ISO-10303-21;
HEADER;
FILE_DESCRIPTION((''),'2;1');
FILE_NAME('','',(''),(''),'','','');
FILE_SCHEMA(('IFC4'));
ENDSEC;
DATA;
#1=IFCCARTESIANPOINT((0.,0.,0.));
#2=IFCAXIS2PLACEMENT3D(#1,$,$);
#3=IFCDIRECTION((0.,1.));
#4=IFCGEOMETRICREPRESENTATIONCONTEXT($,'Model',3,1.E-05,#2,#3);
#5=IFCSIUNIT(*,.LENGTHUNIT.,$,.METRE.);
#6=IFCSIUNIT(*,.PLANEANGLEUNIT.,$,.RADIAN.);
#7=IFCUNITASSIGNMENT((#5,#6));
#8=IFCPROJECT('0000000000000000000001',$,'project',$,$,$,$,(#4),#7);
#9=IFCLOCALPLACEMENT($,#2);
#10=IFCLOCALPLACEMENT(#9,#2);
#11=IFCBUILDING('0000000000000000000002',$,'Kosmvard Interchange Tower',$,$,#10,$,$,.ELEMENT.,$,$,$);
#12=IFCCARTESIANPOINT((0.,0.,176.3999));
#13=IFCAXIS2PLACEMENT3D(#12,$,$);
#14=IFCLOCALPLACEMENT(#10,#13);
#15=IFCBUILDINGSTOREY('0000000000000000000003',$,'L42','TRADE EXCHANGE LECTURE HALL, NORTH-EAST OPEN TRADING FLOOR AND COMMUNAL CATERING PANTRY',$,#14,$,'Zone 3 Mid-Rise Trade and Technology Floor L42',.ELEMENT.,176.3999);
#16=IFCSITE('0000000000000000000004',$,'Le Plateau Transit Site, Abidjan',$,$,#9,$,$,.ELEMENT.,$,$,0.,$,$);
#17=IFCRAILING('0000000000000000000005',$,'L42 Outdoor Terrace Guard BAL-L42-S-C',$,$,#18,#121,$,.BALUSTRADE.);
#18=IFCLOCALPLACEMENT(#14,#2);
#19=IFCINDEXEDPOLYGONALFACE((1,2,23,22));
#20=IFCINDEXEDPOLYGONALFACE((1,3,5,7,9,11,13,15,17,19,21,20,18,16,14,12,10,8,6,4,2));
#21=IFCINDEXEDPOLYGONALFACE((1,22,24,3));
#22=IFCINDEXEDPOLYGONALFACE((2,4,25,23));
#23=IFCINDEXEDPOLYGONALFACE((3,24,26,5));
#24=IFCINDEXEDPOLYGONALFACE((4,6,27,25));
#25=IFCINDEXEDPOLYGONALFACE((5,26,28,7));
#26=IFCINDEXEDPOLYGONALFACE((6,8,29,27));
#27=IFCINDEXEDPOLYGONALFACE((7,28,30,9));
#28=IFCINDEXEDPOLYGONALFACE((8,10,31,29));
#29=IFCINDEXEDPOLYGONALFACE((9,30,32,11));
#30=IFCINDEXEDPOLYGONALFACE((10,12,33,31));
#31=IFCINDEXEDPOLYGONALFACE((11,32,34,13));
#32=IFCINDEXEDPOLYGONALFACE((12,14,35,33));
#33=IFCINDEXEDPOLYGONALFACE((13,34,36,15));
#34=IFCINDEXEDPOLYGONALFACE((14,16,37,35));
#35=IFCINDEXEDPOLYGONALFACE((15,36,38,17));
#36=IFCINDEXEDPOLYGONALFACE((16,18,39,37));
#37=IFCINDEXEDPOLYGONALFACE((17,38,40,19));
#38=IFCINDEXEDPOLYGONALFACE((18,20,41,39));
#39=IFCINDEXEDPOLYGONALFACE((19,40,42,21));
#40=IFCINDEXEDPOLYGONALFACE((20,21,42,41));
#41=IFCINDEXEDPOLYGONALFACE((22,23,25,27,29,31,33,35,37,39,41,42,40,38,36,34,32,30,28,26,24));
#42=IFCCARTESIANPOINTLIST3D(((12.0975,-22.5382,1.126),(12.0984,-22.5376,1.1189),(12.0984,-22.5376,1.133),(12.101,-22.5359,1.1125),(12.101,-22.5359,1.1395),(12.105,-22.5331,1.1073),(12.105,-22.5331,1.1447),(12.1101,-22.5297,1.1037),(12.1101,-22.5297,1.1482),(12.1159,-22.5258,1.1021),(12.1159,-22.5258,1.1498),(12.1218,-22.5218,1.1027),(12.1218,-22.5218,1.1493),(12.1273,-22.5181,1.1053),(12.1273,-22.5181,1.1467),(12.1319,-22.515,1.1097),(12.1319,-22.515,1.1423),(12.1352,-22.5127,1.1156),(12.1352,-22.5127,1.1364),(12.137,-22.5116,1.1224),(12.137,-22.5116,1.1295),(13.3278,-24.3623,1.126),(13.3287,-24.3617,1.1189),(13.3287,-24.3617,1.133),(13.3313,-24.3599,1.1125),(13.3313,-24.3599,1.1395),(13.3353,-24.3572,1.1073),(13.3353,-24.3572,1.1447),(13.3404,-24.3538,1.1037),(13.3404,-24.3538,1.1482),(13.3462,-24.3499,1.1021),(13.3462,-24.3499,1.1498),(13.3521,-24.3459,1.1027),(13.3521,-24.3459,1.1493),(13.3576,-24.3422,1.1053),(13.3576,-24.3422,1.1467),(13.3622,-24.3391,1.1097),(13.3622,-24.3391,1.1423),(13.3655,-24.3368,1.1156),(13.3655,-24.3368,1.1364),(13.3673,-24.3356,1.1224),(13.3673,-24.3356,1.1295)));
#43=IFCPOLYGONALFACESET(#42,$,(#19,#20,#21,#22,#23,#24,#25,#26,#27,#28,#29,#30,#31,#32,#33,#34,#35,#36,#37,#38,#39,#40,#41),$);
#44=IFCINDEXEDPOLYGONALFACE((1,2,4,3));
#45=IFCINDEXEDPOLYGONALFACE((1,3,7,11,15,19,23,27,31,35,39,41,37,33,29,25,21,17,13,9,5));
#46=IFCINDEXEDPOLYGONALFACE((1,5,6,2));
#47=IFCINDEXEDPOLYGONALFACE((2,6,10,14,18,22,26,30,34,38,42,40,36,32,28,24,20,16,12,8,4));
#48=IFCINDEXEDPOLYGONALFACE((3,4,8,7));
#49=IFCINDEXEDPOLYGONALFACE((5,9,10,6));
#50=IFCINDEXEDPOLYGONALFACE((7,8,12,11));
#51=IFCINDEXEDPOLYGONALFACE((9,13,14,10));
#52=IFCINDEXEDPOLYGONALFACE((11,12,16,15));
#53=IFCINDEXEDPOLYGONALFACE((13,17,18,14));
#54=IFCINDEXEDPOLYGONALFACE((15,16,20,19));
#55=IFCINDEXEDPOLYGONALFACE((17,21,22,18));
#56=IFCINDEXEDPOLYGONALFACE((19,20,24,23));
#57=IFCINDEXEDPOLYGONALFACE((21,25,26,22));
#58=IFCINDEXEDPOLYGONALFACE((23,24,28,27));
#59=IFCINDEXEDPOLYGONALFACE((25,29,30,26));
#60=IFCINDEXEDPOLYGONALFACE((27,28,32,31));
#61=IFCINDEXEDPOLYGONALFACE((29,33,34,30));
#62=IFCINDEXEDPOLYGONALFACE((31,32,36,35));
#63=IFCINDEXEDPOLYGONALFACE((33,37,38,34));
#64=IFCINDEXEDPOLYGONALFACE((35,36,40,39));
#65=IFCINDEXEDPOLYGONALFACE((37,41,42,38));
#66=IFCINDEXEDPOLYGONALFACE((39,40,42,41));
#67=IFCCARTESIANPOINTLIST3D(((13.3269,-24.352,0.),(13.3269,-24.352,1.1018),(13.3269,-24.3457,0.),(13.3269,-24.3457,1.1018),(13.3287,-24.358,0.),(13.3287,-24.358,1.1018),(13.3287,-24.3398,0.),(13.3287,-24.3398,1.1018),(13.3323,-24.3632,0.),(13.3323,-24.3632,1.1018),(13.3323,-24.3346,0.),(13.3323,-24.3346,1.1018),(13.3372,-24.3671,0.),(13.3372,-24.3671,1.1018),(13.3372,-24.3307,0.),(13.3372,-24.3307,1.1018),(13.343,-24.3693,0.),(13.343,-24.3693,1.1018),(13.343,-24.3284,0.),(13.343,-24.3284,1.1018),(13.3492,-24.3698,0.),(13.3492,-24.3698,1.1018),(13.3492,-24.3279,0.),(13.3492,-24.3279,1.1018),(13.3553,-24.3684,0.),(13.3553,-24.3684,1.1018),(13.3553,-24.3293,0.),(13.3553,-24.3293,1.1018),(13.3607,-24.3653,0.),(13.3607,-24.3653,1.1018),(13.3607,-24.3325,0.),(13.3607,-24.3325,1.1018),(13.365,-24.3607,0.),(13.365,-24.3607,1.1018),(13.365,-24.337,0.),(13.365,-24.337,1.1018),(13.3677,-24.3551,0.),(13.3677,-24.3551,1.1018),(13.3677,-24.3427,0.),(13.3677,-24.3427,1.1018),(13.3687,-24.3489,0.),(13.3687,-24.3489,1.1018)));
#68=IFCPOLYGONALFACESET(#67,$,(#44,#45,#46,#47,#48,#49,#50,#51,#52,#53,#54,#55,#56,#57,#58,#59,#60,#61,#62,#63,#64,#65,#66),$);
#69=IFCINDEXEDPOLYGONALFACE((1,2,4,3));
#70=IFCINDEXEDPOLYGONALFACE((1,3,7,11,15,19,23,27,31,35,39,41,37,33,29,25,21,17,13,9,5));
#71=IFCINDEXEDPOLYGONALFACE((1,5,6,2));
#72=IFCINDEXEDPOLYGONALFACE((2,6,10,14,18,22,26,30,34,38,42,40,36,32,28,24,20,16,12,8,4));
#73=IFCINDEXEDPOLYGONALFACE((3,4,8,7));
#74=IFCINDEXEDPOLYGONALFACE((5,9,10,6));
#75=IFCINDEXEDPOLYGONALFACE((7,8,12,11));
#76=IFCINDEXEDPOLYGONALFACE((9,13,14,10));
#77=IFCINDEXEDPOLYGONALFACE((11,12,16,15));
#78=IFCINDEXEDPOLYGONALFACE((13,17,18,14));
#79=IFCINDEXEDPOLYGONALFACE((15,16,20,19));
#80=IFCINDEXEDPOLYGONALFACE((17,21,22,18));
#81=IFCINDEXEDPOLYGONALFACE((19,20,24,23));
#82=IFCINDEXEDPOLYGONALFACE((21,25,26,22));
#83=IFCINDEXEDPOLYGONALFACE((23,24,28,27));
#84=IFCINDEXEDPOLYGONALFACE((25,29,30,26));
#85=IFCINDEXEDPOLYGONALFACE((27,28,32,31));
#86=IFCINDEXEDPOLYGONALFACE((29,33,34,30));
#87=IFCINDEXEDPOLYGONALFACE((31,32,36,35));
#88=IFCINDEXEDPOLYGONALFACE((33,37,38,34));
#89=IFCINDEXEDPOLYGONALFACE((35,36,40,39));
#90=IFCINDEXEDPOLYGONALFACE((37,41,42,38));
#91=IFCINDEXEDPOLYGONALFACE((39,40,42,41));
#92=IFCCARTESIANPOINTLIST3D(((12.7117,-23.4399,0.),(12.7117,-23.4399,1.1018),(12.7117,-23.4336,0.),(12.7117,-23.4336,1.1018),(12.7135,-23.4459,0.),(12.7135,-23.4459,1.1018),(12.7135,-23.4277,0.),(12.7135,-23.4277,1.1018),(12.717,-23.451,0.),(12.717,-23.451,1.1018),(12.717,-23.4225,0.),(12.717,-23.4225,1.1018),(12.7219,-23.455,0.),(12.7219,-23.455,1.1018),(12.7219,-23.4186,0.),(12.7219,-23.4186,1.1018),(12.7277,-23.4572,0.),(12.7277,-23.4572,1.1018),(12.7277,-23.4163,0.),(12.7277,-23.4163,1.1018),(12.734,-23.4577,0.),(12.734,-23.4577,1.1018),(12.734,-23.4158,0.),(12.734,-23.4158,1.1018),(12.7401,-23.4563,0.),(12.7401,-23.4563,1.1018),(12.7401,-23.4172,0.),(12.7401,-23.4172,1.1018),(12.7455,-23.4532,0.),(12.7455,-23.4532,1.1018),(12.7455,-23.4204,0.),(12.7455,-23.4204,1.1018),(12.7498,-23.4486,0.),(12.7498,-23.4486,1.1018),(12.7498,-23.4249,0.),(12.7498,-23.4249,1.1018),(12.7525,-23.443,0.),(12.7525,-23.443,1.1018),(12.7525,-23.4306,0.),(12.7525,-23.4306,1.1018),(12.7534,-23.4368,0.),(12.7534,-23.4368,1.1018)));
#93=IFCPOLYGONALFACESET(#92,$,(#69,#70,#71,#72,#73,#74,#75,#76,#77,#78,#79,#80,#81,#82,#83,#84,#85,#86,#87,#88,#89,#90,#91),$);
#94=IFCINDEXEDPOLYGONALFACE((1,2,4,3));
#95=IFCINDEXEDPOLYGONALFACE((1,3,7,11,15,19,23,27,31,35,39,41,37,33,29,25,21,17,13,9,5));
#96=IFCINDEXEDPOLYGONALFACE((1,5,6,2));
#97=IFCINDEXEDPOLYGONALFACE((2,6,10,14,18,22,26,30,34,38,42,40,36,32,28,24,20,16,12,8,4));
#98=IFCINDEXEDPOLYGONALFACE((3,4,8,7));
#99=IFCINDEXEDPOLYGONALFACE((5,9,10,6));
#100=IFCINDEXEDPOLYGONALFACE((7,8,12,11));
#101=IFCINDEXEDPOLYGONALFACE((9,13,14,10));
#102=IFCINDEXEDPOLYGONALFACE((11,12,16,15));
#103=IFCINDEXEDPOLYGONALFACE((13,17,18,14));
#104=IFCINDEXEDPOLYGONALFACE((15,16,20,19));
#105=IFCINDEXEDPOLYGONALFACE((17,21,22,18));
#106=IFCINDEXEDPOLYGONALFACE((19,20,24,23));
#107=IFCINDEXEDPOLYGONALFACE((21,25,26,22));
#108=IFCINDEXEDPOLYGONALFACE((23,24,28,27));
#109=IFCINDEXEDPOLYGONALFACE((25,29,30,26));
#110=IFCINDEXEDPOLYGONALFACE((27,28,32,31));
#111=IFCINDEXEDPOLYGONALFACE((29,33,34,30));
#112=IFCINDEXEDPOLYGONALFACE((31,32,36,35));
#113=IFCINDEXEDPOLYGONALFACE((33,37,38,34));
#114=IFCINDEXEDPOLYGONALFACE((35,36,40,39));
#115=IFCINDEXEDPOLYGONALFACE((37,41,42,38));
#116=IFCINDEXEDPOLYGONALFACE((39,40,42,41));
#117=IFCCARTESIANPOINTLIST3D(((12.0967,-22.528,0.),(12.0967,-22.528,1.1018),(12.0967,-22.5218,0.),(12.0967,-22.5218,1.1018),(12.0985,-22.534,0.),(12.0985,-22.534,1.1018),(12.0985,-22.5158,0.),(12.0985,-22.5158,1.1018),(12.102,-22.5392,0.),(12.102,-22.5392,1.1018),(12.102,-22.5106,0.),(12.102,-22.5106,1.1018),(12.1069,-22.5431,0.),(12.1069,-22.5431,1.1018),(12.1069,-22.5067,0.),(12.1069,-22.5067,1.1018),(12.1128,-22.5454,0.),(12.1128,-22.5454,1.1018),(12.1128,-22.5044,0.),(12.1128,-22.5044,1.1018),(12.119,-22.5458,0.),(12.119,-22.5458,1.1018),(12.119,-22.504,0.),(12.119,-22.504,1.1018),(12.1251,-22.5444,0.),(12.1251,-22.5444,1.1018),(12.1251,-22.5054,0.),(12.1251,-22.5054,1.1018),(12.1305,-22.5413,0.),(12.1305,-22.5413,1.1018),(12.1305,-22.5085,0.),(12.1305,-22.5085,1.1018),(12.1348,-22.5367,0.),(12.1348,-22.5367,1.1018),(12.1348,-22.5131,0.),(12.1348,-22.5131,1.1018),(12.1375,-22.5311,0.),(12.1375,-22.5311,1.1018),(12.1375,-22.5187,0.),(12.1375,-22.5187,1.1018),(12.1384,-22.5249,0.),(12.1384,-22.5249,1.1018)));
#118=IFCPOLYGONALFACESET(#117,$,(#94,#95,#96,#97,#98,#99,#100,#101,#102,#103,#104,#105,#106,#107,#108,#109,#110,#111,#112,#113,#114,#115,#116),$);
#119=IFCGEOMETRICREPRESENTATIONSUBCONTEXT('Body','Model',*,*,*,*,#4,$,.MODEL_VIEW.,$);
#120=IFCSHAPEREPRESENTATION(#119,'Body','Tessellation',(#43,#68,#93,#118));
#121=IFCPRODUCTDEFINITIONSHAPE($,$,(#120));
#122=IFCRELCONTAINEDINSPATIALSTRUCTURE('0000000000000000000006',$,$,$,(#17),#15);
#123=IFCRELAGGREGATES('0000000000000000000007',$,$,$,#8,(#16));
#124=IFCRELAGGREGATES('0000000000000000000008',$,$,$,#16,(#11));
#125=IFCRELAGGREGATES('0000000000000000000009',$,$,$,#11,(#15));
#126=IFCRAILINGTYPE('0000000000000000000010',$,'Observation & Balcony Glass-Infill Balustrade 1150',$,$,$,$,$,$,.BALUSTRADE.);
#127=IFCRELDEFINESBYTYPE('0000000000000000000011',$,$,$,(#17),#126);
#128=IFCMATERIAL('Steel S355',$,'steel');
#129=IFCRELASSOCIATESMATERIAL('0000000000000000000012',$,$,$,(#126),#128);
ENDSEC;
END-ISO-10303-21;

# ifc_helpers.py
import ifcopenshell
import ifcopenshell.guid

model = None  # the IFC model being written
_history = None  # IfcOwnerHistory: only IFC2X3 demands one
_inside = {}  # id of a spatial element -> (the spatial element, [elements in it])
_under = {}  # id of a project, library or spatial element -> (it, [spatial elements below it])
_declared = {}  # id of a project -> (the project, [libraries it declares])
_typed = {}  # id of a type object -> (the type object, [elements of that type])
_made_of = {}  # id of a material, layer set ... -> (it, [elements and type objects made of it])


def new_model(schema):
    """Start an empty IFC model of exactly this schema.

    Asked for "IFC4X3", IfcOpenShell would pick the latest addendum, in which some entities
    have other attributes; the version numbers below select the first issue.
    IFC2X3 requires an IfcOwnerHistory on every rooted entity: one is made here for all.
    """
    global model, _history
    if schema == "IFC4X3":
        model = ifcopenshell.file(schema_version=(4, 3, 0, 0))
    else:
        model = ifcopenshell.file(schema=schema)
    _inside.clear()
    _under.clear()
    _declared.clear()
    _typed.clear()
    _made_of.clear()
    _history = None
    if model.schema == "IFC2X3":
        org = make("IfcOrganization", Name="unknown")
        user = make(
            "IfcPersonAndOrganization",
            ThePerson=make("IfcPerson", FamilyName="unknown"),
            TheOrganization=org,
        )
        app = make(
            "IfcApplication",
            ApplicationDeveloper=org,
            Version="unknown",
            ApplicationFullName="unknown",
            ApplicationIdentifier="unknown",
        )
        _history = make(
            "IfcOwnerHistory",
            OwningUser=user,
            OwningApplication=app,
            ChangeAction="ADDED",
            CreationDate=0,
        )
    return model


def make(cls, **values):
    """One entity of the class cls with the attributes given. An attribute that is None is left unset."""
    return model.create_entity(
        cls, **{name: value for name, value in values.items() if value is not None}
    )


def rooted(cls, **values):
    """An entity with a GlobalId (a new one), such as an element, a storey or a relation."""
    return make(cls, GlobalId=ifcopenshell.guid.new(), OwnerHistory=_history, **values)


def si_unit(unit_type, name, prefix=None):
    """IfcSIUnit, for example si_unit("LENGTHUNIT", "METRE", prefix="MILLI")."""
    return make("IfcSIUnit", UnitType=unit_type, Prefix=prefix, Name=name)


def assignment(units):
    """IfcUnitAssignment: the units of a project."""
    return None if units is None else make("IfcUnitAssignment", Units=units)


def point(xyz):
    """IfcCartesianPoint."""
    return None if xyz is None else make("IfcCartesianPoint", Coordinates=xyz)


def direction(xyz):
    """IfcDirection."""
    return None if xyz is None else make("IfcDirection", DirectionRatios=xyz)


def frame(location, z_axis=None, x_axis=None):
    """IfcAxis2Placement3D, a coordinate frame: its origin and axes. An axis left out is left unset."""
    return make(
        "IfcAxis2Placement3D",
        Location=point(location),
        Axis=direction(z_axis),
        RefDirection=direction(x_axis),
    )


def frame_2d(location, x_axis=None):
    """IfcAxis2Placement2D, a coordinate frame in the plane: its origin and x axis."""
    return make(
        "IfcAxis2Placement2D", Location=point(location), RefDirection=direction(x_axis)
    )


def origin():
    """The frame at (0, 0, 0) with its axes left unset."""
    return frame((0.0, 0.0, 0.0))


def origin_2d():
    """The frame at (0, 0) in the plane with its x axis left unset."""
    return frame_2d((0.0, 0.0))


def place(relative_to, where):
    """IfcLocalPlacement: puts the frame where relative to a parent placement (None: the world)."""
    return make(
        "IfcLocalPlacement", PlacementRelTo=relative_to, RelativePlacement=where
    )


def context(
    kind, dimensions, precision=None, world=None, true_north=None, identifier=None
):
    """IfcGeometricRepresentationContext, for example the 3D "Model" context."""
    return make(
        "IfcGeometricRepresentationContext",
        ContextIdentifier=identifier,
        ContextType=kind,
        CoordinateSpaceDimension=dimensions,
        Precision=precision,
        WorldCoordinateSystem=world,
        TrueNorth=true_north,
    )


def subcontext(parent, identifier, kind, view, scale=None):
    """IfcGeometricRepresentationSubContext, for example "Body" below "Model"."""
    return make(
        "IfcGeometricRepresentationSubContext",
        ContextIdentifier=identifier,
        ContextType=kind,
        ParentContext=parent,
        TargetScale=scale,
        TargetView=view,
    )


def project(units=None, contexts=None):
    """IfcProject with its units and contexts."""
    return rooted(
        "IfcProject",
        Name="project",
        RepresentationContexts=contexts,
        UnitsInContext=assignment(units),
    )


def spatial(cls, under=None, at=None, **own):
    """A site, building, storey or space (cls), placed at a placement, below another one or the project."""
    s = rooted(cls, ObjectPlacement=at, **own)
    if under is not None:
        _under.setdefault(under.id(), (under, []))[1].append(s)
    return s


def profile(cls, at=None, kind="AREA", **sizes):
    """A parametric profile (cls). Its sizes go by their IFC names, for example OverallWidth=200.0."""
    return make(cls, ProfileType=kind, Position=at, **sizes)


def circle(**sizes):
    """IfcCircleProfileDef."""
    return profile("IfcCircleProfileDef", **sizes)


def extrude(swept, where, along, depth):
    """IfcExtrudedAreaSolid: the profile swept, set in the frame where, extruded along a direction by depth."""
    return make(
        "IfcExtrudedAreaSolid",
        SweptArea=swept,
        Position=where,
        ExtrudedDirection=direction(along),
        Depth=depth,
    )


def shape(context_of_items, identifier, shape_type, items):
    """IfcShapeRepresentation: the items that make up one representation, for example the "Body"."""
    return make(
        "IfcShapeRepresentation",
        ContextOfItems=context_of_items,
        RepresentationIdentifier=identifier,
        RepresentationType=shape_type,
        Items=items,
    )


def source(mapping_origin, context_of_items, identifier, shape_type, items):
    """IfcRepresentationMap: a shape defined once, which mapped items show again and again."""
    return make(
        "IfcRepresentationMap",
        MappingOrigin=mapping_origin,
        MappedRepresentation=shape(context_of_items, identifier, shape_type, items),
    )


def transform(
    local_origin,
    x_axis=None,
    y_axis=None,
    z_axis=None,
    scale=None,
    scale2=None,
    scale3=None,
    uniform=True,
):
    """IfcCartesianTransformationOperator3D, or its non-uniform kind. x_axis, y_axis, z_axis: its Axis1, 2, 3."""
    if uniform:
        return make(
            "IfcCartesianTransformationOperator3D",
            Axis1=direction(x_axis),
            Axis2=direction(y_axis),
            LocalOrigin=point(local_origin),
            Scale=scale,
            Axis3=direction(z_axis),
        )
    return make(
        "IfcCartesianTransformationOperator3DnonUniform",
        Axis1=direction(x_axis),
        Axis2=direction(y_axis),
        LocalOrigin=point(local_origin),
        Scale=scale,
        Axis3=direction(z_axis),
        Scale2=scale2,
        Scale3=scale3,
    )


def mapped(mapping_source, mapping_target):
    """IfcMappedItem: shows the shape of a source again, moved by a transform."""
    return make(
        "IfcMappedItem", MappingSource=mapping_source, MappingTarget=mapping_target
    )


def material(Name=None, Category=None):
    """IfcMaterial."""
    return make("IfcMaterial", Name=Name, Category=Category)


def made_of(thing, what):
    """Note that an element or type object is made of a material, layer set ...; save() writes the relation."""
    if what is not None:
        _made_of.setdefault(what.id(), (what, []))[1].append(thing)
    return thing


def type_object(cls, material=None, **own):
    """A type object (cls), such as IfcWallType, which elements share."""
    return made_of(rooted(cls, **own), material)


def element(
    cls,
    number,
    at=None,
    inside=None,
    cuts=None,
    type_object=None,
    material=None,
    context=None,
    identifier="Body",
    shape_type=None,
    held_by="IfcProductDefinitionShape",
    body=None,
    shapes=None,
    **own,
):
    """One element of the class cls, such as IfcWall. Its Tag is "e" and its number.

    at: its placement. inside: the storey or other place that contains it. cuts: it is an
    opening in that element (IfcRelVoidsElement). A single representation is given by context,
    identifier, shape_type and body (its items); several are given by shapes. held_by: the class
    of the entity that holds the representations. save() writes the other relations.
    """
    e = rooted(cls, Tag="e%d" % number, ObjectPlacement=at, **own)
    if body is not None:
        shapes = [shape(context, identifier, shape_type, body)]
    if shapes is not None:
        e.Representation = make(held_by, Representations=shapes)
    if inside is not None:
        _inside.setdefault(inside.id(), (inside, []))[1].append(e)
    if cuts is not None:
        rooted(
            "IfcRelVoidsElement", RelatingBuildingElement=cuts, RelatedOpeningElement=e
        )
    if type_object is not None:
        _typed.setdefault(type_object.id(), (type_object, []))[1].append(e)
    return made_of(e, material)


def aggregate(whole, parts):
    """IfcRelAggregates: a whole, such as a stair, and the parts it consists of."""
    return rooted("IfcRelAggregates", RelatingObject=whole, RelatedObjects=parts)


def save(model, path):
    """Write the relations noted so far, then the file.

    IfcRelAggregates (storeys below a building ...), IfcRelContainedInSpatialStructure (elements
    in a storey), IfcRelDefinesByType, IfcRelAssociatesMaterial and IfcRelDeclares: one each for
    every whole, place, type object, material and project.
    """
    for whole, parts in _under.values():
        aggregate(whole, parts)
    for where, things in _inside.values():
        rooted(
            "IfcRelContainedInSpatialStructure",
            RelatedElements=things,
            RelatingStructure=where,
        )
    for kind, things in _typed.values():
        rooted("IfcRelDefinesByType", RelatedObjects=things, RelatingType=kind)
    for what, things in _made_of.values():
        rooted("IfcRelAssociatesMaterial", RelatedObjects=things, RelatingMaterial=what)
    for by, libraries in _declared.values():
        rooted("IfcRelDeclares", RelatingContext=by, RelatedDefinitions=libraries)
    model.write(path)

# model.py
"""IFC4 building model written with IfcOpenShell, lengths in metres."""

from ifc_helpers import new_model, si_unit, direction, frame, origin, origin_2d, place, context, subcontext, project, spatial, circle, extrude, source, transform, mapped, material, type_object, element, save


model = new_model("IFC4")

# Units and contexts
model_context = context("Model", 3, precision=1e-05, world=origin(), true_north=direction((0.0, 1.0)))
body_context = subcontext(model_context, "Body", "Model", "MODEL_VIEW")
ifc_project = project(units=[si_unit("LENGTHUNIT", "METRE"), si_unit("PLANEANGLEUNIT", "RADIAN")], contexts=[model_context])

# Site, building, storey
site_placement = place(None, origin())
site = spatial("IfcSite", under=ifc_project, at=site_placement, Name="Le Plateau Transit Site, Abidjan", CompositionType="ELEMENT", RefElevation=0.0)
building_placement = place(site_placement, origin())
building = spatial("IfcBuilding", under=site, at=building_placement, Name="Kosmvard Interchange Tower", CompositionType="ELEMENT")
storey_placement = place(building_placement, frame((0.0, 0.0, 176.3999)))
storey = spatial("IfcBuildingStorey", under=building, at=storey_placement, Name="L42", Description="TRADE EXCHANGE LECTURE HALL, NORTH-EAST OPEN TRADING FLOOR AND COMMUNAL CATERING PANTRY", LongName="Zone 3 Mid-Rise Trade and Technology Floor L42", CompositionType="ELEMENT", Elevation=176.3999)

# Shared definitions
ifc_material_1 = material(Name="Steel S355", Category="steel")

# Railing
railing_type = type_object("IfcRailingType", Name="Observation & Balcony Glass-Infill Balustrade 1150", PredefinedType="BALUSTRADE", material=ifc_material_1)
shared_shape_1 = source(origin(), body_context, "Body", "SweptSolid", [
    extrude(circle(Radius=0.0239, at=origin_2d()), frame((0.0, 0.0, 1.126), z_axis=(-0.559174, 0.829051, 0.0), x_axis=(-0.829051, -0.559174, 0.0)), (0.0, 0.0, 1.0), 2.2002),
    extrude(circle(Radius=0.021, at=origin_2d()), origin(), (0.0, 0.0, 1.0), 1.1018),
    extrude(circle(Radius=0.021, at=origin_2d()), frame((-0.6152, 0.9121, 0.0)), (0.0, 0.0, 1.0), 1.1018),
    extrude(circle(Radius=0.021, at=origin_2d()), frame((-1.2302, 1.824, 0.0)), (0.0, 0.0, 1.0), 1.1018),
])
railing_placement = place(storey_placement, frame((13.3477, -24.3489, 0.0)))
element("IfcRailing", 1, at=railing_placement, inside=storey, type_object=railing_type, Name="L42 Outdoor Terrace Guard BAL-L42-S-C", PredefinedType="BALUSTRADE", context=body_context, shape_type="MappedRepresentation", body=[
    mapped(shared_shape_1, transform((0.0, 0.0, 0.0), scale=1.0)),
])

save(model, "model.ifc")
